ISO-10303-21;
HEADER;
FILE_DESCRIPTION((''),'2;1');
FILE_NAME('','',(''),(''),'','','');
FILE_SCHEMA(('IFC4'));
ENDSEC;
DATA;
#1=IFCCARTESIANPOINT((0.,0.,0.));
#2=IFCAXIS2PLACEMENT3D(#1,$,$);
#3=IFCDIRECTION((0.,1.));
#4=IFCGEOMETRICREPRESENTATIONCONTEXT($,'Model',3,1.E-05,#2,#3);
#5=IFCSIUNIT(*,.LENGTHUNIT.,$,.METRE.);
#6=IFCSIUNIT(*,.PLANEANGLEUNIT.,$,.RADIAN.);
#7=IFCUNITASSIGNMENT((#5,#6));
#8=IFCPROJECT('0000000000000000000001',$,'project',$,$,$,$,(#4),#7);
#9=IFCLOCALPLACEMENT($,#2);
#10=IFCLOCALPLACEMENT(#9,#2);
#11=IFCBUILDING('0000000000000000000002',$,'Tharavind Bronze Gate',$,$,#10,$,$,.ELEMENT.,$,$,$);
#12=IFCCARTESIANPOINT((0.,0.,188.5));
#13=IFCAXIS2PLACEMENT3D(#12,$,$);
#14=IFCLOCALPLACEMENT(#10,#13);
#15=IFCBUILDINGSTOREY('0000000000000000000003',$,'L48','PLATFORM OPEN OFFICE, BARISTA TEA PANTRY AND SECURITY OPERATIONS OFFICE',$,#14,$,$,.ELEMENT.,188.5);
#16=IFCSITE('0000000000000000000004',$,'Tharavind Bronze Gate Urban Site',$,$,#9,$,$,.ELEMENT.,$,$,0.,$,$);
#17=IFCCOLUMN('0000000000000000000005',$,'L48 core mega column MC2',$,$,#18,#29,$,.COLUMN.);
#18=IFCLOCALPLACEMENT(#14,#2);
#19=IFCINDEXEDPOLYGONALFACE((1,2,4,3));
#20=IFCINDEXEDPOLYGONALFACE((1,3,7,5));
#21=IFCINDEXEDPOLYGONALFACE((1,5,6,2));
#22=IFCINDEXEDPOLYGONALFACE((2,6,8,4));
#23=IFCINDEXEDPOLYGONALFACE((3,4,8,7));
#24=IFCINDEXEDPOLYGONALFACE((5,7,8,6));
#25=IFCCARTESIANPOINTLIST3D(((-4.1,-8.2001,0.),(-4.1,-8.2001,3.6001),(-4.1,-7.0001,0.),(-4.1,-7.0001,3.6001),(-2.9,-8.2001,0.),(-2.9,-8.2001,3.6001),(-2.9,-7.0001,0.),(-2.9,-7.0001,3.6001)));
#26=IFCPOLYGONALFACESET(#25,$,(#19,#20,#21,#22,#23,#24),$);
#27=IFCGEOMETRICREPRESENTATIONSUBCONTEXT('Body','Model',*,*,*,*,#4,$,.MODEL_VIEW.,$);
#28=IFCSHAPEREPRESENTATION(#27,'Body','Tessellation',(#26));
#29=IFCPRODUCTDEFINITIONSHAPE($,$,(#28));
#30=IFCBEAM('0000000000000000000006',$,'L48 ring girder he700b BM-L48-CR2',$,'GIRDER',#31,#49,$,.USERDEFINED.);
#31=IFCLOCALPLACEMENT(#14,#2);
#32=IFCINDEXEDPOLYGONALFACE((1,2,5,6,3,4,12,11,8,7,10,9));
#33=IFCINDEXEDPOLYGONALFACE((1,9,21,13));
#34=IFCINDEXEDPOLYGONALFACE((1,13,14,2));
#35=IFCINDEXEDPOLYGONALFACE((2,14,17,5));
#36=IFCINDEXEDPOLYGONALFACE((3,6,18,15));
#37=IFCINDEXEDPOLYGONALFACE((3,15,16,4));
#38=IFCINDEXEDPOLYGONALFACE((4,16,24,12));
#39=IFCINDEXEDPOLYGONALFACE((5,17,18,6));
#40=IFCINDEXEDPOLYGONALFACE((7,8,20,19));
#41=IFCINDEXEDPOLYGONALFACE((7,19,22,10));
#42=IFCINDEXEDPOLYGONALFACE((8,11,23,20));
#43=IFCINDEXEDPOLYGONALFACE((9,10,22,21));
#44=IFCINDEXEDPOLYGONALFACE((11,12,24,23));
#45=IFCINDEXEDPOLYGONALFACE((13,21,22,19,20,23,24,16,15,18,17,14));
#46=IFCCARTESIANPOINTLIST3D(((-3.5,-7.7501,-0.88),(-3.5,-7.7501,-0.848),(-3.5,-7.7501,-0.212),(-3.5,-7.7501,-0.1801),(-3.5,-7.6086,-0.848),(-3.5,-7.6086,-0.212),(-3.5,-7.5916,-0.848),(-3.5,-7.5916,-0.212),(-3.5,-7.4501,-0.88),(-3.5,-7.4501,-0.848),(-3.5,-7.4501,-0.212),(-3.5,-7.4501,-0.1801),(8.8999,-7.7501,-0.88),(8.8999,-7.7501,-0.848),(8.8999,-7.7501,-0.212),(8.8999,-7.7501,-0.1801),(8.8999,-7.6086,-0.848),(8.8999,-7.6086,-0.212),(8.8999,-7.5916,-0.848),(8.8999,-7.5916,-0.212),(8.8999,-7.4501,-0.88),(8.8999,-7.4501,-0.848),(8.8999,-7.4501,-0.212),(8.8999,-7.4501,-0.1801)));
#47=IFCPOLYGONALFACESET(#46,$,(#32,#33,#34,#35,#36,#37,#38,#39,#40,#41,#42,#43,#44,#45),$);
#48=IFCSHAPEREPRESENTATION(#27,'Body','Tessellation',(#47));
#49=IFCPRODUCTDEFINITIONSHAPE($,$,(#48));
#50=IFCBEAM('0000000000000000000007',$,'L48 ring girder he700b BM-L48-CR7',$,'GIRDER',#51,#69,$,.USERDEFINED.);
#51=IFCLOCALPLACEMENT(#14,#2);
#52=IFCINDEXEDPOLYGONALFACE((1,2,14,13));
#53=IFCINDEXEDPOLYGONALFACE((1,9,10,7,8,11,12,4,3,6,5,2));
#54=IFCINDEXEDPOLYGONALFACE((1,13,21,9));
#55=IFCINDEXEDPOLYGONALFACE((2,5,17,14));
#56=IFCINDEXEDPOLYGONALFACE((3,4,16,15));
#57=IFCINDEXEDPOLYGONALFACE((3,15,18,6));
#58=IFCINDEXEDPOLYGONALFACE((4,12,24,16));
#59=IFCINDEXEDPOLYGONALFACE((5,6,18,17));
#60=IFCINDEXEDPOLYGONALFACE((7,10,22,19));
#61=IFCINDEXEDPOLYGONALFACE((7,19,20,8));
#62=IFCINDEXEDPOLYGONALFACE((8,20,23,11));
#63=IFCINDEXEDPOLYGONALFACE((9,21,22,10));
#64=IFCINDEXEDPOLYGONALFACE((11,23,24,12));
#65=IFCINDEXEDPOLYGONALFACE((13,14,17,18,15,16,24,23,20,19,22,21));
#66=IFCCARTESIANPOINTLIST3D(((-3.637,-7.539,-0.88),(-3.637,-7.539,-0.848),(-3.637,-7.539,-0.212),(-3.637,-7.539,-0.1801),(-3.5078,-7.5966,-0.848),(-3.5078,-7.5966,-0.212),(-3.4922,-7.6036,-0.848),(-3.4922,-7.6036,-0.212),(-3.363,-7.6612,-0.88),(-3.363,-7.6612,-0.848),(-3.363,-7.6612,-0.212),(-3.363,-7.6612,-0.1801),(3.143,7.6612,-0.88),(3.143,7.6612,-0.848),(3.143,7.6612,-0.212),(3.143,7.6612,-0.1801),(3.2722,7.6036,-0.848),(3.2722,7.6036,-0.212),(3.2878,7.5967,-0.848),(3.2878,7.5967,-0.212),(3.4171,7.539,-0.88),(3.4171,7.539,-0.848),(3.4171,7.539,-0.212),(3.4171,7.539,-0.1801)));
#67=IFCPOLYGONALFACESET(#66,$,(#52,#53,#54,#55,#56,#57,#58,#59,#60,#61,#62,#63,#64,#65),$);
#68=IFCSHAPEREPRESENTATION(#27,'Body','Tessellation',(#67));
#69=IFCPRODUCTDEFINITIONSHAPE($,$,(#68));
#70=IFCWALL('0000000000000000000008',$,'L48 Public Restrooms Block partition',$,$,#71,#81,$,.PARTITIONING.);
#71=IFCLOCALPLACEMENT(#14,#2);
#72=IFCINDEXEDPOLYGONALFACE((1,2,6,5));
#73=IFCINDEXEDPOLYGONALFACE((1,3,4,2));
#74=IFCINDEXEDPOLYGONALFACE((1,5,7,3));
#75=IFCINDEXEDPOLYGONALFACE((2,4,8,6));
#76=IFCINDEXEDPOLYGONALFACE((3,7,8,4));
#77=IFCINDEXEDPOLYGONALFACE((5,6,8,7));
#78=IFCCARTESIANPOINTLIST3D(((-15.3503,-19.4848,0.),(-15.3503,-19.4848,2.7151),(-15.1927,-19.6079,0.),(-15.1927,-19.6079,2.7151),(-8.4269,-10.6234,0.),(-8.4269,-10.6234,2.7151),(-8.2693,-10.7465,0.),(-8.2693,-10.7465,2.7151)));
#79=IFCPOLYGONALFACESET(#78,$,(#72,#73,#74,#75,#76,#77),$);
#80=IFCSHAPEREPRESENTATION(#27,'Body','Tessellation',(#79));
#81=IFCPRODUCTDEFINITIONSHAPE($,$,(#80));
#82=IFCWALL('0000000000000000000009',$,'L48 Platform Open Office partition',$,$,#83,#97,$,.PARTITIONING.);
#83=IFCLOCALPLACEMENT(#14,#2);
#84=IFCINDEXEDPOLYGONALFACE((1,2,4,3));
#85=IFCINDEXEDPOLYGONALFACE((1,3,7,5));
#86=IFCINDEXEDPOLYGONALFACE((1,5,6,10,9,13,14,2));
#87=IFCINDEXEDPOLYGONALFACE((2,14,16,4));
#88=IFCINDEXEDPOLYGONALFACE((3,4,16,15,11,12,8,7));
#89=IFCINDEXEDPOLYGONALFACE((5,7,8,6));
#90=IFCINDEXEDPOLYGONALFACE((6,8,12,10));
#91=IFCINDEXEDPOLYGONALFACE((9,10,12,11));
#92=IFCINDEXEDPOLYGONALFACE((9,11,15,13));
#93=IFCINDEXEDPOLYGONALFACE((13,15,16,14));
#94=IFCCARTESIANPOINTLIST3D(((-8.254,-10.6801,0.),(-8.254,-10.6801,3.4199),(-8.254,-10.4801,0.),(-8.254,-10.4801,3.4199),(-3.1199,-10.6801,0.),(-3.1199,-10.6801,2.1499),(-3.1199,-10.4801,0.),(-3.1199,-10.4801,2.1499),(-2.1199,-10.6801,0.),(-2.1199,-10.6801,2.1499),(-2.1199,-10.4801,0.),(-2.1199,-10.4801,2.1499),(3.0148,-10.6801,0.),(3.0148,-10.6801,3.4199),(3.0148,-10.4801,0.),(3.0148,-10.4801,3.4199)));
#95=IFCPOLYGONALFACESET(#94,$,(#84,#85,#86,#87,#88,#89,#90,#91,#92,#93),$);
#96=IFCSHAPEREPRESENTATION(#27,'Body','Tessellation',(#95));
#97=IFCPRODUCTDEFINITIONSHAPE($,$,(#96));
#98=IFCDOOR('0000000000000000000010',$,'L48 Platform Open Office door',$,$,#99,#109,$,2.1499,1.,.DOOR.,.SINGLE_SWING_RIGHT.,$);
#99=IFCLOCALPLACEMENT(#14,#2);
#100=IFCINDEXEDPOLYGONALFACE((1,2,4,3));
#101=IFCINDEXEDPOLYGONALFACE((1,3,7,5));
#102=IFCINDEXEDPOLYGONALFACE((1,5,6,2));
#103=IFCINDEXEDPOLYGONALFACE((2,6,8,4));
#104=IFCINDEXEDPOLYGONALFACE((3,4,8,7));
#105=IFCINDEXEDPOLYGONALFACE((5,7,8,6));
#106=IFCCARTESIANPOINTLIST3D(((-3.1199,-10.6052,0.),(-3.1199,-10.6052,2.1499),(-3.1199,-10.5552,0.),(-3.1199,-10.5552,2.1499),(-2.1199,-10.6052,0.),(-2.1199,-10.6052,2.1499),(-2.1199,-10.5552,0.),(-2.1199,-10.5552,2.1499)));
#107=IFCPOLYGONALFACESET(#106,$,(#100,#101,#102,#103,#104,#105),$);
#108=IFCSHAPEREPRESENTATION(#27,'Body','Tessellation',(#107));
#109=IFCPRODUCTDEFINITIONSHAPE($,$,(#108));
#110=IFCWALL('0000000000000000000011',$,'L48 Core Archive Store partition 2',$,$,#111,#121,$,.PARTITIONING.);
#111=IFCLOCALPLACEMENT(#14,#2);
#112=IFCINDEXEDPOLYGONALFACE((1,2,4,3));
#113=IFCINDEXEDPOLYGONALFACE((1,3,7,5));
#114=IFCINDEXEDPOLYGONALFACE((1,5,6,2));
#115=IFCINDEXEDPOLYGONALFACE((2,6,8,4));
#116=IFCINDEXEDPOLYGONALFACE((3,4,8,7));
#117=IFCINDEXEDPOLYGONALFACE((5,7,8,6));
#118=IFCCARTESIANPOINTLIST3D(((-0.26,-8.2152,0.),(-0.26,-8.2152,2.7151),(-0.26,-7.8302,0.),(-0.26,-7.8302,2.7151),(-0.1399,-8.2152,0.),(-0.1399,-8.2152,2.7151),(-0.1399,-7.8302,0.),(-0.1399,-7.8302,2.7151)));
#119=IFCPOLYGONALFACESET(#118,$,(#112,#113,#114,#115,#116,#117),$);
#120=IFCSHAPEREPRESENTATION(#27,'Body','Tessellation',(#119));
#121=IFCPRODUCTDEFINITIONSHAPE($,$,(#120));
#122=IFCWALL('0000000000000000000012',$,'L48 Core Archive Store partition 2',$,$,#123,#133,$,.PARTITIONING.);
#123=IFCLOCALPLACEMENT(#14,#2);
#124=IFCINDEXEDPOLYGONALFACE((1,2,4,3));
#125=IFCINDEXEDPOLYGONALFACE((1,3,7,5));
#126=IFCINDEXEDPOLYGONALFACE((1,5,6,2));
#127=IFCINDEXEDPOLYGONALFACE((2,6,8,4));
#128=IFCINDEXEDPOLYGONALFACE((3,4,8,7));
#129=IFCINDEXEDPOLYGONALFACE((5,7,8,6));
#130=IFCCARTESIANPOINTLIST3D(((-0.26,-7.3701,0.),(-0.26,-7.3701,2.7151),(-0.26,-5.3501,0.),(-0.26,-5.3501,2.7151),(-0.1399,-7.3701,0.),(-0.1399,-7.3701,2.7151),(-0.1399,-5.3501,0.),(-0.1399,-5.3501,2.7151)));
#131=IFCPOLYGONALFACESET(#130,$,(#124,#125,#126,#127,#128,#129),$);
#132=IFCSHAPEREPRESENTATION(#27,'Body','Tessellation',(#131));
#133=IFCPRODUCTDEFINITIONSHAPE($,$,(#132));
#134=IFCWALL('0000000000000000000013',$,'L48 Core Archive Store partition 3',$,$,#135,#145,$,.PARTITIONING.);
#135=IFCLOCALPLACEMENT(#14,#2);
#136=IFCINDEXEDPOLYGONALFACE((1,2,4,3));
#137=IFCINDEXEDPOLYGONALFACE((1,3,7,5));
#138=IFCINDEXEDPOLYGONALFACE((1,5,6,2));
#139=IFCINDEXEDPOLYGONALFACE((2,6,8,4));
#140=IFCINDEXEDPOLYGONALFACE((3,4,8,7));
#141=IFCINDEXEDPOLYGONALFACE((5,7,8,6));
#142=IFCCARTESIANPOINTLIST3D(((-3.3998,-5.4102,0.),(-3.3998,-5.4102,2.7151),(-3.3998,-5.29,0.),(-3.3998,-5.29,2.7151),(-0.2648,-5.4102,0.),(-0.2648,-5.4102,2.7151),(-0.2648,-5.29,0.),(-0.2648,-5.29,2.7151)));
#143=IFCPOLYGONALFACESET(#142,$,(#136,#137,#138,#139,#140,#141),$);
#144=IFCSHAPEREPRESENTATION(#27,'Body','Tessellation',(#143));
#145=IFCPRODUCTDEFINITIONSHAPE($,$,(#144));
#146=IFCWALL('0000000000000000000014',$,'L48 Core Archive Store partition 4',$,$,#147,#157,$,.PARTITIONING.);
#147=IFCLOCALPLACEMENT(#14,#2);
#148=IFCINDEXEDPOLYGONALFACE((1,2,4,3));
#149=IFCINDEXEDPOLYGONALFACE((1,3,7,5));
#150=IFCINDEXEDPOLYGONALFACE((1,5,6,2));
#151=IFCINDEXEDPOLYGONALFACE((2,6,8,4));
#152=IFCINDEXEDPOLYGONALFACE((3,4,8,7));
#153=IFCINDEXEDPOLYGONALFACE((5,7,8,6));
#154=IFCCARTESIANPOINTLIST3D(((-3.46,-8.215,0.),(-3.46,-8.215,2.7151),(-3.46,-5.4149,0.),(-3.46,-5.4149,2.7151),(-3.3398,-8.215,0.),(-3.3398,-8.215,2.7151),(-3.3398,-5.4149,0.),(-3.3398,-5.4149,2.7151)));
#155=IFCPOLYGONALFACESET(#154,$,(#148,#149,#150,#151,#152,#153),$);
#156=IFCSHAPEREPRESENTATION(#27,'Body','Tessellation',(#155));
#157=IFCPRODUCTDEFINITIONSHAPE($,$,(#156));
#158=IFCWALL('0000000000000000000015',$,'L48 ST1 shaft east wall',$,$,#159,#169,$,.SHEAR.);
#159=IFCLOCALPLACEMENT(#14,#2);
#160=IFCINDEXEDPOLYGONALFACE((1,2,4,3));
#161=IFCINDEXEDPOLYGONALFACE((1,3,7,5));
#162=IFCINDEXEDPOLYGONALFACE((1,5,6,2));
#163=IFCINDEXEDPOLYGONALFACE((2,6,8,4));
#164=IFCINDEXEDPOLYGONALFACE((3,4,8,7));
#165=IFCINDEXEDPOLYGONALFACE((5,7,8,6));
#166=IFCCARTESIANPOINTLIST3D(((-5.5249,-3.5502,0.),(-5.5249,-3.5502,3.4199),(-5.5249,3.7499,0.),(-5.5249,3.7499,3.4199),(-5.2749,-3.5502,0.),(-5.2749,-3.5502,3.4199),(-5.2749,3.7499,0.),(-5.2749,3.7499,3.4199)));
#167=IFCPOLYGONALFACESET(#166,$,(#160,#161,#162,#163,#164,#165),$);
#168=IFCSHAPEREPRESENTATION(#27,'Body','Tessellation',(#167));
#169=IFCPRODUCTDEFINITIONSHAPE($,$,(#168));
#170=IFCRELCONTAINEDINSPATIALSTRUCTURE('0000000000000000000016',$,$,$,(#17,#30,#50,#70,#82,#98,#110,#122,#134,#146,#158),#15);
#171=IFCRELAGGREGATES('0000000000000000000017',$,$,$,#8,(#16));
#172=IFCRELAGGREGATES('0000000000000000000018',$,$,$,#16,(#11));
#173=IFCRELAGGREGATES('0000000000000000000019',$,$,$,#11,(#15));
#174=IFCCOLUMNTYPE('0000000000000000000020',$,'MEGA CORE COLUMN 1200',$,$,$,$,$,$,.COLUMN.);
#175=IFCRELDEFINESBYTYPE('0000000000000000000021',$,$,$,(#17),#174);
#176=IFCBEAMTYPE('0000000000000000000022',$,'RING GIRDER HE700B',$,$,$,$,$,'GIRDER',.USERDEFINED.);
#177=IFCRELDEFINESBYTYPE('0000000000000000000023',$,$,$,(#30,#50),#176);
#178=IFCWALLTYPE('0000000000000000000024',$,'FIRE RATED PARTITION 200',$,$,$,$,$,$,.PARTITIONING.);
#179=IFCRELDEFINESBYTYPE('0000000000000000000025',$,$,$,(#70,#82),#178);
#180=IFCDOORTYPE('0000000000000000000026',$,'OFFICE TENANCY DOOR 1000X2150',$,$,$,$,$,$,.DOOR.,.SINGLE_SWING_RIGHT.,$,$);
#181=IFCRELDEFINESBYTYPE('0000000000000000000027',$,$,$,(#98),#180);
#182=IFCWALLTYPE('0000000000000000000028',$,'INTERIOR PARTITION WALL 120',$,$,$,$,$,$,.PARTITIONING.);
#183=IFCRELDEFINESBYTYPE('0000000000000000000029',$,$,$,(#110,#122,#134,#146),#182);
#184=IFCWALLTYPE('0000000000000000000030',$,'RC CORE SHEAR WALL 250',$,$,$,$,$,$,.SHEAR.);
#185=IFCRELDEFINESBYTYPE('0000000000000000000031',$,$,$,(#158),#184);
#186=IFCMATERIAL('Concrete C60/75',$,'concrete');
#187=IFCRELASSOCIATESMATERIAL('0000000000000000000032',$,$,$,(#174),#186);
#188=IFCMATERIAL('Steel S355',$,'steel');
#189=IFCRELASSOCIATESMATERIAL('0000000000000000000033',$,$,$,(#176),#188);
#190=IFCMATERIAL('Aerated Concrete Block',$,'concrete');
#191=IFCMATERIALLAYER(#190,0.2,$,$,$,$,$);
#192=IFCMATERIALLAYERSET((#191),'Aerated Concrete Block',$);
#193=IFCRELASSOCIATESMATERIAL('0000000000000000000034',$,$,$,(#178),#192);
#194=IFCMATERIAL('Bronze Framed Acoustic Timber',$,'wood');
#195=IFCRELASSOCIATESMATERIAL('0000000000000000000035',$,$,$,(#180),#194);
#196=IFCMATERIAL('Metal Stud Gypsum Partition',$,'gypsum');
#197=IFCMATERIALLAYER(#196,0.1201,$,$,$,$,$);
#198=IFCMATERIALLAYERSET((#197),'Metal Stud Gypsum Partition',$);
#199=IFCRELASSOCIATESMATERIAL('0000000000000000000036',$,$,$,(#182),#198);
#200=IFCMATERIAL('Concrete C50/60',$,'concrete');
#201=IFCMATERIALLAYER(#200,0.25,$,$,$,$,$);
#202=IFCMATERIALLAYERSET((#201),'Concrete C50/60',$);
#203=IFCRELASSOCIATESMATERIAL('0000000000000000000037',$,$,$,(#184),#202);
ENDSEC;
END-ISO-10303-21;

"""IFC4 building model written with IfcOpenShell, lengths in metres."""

from ifc_helpers import new_model, si_unit, direction, frame, frame_2d, origin, origin_2d, place, context, subcontext, project, spatial, rectangle, i_section, extrude, material, layer, layer_set, material_profile, profile_set, type_object, element, fill, save


model = new_model("IFC4")

# Units and contexts
model_context = context("Model", 3, precision=1e-05, world=origin(), true_north=direction((0.0, 1.0)))
body_context = subcontext(model_context, "Body", "Model", "MODEL_VIEW")
ifc_project = project(units=[si_unit("LENGTHUNIT", "METRE"), si_unit("PLANEANGLEUNIT", "RADIAN")], contexts=[model_context])

# Site, building, storey
site_placement = place(None, origin())
site = spatial("IfcSite", under=ifc_project, at=site_placement, Name="Tharavind Bronze Gate Urban Site", CompositionType="ELEMENT", RefElevation=0.0)
building_placement = place(site_placement, origin())
building = spatial("IfcBuilding", under=site, at=building_placement, Name="Tharavind Bronze Gate", CompositionType="ELEMENT")
storey_placement = place(building_placement, frame((0.0, 0.0, 188.5)))
storey = spatial("IfcBuildingStorey", under=building, at=storey_placement, Name="L48", Description="PLATFORM OPEN OFFICE, BARISTA TEA PANTRY AND SECURITY OPERATIONS OFFICE", CompositionType="ELEMENT", Elevation=188.5)

# Column
ifc_material_1 = material(Name="Concrete C60/75", Category="concrete")
ifc_material_profile_1 = material_profile(ifc_material_1, rectangle(XDim=1.2, YDim=1.2, at=origin_2d()), Name="RCCOL1200")
ifc_profile_set_1 = profile_set([ifc_material_profile_1], Name="Concrete C60/75")
column_type = type_object("IfcColumnType", Name="MEGA CORE COLUMN 1200", PredefinedType="COLUMN", material=ifc_profile_set_1)
column_placement = place(storey_placement, frame((-3.5, -7.6001, 0.0), z_axis=(0.0, 0.0, 1.0), x_axis=(1.0, 0.0, 0.0)))
element("IfcColumn", 1, at=column_placement, inside=storey, type_object=column_type, Name="L48 core mega column MC2", PredefinedType="COLUMN", context=body_context, shape_type="SweptSolid", body=[
    extrude(rectangle(XDim=1.2, YDim=1.2, at=origin_2d()), origin(), (0.0, 0.0, 1.0), 3.6001),
])

# Beams
ifc_material_2 = material(Name="Steel S355", Category="steel")
ifc_material_profile_2 = material_profile(ifc_material_2, i_section(OverallWidth=0.3, OverallDepth=0.7, WebThickness=0.0171, FlangeThickness=0.032, at=origin_2d()), Name="HE700B")
ifc_profile_set_2 = profile_set([ifc_material_profile_2], Name="Steel S355")
beam_type = type_object("IfcBeamType", Name="RING GIRDER HE700B", ElementType="GIRDER", PredefinedType="USERDEFINED", material=ifc_profile_set_2)
beam_1_placement = place(storey_placement, frame((-3.5, -7.6001, -0.53), z_axis=(1.0, 0.0, 0.0), x_axis=(0.0, 1.0, 0.0)))
element("IfcBeam", 2, at=beam_1_placement, inside=storey, type_object=beam_type, Name="L48 ring girder he700b BM-L48-CR2", ObjectType="GIRDER", PredefinedType="USERDEFINED", context=body_context, shape_type="SweptSolid", body=[
    extrude(i_section(OverallWidth=0.3, OverallDepth=0.7, WebThickness=0.0171, FlangeThickness=0.032, at=origin_2d()), origin(), (0.0, 0.0, 1.0), 12.3999),
])
beam_2_placement = place(storey_placement, frame((-3.5, -7.6001, -0.53), z_axis=(0.407362, 0.913267, 0.0), x_axis=(-0.913267, 0.407362, 0.0)))
element("IfcBeam", 3, at=beam_2_placement, inside=storey, type_object=beam_type, Name="L48 ring girder he700b BM-L48-CR7", ObjectType="GIRDER", PredefinedType="USERDEFINED", context=body_context, shape_type="SweptSolid", body=[
    extrude(i_section(OverallWidth=0.3, OverallDepth=0.7, WebThickness=0.0171, FlangeThickness=0.032, at=origin_2d()), origin(), (0.0, 0.0, 1.0), 16.6438),
])

# Wall
ifc_material_3 = material(Name="Aerated Concrete Block", Category="concrete")
ifc_layer_1 = layer(ifc_material_3, 0.2)
ifc_layer_set_1 = layer_set([ifc_layer_1], Name="Aerated Concrete Block")
wall_type_1 = type_object("IfcWallType", Name="FIRE RATED PARTITION 200", PredefinedType="PARTITIONING", material=ifc_layer_set_1)
wall_1_placement = place(storey_placement, frame((-8.3481, -10.6851, 0.0), z_axis=(0.0, 0.0, 1.0), x_axis=(-0.615668, -0.788006, 0.0)))
element("IfcWall", 4, at=wall_1_placement, inside=storey, type_object=wall_type_1, Name="L48 Public Restrooms Block partition", PredefinedType="PARTITIONING", context=body_context, shape_type="SweptSolid", body=[
    extrude(rectangle(XDim=11.2454, YDim=0.2, at=frame_2d((5.6226, 0.0))), origin(), (0.0, 0.0, 1.0), 2.7151),
])

# Wall, opening, door
wall_2_placement = place(storey_placement, frame((-8.2539, -10.5801, 0.0), z_axis=(0.0, 0.0, 1.0), x_axis=(1.0, 0.0, 0.0)))
wall_2 = element("IfcWall", 5, at=wall_2_placement, inside=storey, type_object=wall_type_1, Name="L48 Platform Open Office partition", PredefinedType="PARTITIONING", context=body_context, shape_type="SweptSolid", body=[
    extrude(rectangle(XDim=11.2688, YDim=0.2, at=frame_2d((5.6343, 0.0))), origin(), (0.0, 0.0, 1.0), 3.4199),
])
opening_1_placement = place(wall_2_placement, frame((5.134, 0.0, 0.0)))
opening_1 = element("IfcOpeningElement", 6, at=opening_1_placement, cuts=wall_2, PredefinedType="OPENING", context=body_context, shape_type="SweptSolid", body=[
    extrude(rectangle(XDim=1.0, YDim=2.1499, at=frame_2d((0.5, 1.075))), frame((0.0, 0.1101, 0.0), z_axis=(0.0, -1.0, 0.0), x_axis=(1.0, 0.0, 0.0)), (0.0, 0.0, 1.0), 0.22),
])
ifc_material_4 = material(Name="Bronze Framed Acoustic Timber", Category="wood")
door_type_1 = type_object("IfcDoorType", Name="OFFICE TENANCY DOOR 1000X2150", OperationType="SINGLE_SWING_RIGHT", PredefinedType="DOOR", material=ifc_material_4)
door_1_placement = place(opening_1_placement, origin())
door_1 = element("IfcDoor", 7, at=door_1_placement, inside=storey, type_object=door_type_1, Name="L48 Platform Open Office door", OperationType="SINGLE_SWING_RIGHT", OverallHeight=2.1499, OverallWidth=1.0, PredefinedType="DOOR", context=body_context, shape_type="SweptSolid", body=[
    extrude(rectangle(XDim=1.0, YDim=2.1499, at=frame_2d((0.5, 1.075))), frame((0.0, 0.0249, 0.0), z_axis=(0.0, -1.0, 0.0), x_axis=(1.0, 0.0, 0.0)), (0.0, 0.0, 1.0), 0.05),
])
fill(opening_1, door_1)

# Walls
ifc_material_5 = material(Name="Metal Stud Gypsum Partition", Category="gypsum")
ifc_layer_2 = layer(ifc_material_5, 0.1201)
ifc_layer_set_2 = layer_set([ifc_layer_2], Name="Metal Stud Gypsum Partition")
wall_type_2 = type_object("IfcWallType", Name="INTERIOR PARTITION WALL 120", PredefinedType="PARTITIONING", material=ifc_layer_set_2)
wall_3_placement = place(storey_placement, frame((-0.2, -8.2151, 0.0), z_axis=(0.0, 0.0, 1.0), x_axis=(0.0, 1.0, 0.0)))
element("IfcWall", 8, at=wall_3_placement, inside=storey, type_object=wall_type_2, Name="L48 Core Archive Store partition 2", PredefinedType="PARTITIONING", context=body_context, shape_type="SweptSolid", body=[
    extrude(rectangle(XDim=0.385, YDim=0.1201, at=frame_2d((0.1924, 0.0))), origin(), (0.0, 0.0, 1.0), 2.7151),
])
wall_4_placement = place(storey_placement, frame((-0.2, -7.3701, 0.0), z_axis=(0.0, 0.0, 1.0), x_axis=(0.0, 1.0, 0.0)))
element("IfcWall", 9, at=wall_4_placement, inside=storey, type_object=wall_type_2, Name="L48 Core Archive Store partition 2", PredefinedType="PARTITIONING", context=body_context, shape_type="SweptSolid", body=[
    extrude(rectangle(XDim=2.02, YDim=0.1201, at=frame_2d((1.01, 0.0))), origin(), (0.0, 0.0, 1.0), 2.7151),
])
wall_5_placement = place(storey_placement, frame((-0.2649, -5.3501, 0.0), z_axis=(0.0, 0.0, 1.0), x_axis=(-1.0, 0.0, 0.0)))
element("IfcWall", 10, at=wall_5_placement, inside=storey, type_object=wall_type_2, Name="L48 Core Archive Store partition 3", PredefinedType="PARTITIONING", context=body_context, shape_type="SweptSolid", body=[
    extrude(rectangle(XDim=3.135, YDim=0.1201, at=frame_2d((1.5674, 0.0))), origin(), (0.0, 0.0, 1.0), 2.7151),
])
wall_6_placement = place(storey_placement, frame((-3.3999, -5.415, 0.0), z_axis=(0.0, 0.0, 1.0), x_axis=(0.0, -1.0, 0.0)))
element("IfcWall", 11, at=wall_6_placement, inside=storey, type_object=wall_type_2, Name="L48 Core Archive Store partition 4", PredefinedType="PARTITIONING", context=body_context, shape_type="SweptSolid", body=[
    extrude(rectangle(XDim=2.8, YDim=0.1201, at=frame_2d((1.3999, 0.0))), origin(), (0.0, 0.0, 1.0), 2.7151),
])
ifc_material_6 = material(Name="Concrete C50/60", Category="concrete")
ifc_layer_3 = layer(ifc_material_6, 0.25)
ifc_layer_set_3 = layer_set([ifc_layer_3], Name="Concrete C50/60")
wall_type_3 = type_object("IfcWallType", Name="RC CORE SHEAR WALL 250", PredefinedType="SHEAR", material=ifc_layer_set_3)
wall_7_placement = place(storey_placement, frame((-5.3999, -3.55, 0.0), z_axis=(0.0, 0.0, 1.0), x_axis=(0.0, 1.0, 0.0)))
element("IfcWall", 12, at=wall_7_placement, inside=storey, type_object=wall_type_3, Name="L48 ST1 shaft east wall", PredefinedType="SHEAR", context=body_context, shape_type="SweptSolid", body=[
    extrude(rectangle(XDim=7.3, YDim=0.25, at=frame_2d((3.6499, 0.0))), origin(), (0.0, 0.0, 1.0), 3.4199),
])

save(model, "model.ifc")
